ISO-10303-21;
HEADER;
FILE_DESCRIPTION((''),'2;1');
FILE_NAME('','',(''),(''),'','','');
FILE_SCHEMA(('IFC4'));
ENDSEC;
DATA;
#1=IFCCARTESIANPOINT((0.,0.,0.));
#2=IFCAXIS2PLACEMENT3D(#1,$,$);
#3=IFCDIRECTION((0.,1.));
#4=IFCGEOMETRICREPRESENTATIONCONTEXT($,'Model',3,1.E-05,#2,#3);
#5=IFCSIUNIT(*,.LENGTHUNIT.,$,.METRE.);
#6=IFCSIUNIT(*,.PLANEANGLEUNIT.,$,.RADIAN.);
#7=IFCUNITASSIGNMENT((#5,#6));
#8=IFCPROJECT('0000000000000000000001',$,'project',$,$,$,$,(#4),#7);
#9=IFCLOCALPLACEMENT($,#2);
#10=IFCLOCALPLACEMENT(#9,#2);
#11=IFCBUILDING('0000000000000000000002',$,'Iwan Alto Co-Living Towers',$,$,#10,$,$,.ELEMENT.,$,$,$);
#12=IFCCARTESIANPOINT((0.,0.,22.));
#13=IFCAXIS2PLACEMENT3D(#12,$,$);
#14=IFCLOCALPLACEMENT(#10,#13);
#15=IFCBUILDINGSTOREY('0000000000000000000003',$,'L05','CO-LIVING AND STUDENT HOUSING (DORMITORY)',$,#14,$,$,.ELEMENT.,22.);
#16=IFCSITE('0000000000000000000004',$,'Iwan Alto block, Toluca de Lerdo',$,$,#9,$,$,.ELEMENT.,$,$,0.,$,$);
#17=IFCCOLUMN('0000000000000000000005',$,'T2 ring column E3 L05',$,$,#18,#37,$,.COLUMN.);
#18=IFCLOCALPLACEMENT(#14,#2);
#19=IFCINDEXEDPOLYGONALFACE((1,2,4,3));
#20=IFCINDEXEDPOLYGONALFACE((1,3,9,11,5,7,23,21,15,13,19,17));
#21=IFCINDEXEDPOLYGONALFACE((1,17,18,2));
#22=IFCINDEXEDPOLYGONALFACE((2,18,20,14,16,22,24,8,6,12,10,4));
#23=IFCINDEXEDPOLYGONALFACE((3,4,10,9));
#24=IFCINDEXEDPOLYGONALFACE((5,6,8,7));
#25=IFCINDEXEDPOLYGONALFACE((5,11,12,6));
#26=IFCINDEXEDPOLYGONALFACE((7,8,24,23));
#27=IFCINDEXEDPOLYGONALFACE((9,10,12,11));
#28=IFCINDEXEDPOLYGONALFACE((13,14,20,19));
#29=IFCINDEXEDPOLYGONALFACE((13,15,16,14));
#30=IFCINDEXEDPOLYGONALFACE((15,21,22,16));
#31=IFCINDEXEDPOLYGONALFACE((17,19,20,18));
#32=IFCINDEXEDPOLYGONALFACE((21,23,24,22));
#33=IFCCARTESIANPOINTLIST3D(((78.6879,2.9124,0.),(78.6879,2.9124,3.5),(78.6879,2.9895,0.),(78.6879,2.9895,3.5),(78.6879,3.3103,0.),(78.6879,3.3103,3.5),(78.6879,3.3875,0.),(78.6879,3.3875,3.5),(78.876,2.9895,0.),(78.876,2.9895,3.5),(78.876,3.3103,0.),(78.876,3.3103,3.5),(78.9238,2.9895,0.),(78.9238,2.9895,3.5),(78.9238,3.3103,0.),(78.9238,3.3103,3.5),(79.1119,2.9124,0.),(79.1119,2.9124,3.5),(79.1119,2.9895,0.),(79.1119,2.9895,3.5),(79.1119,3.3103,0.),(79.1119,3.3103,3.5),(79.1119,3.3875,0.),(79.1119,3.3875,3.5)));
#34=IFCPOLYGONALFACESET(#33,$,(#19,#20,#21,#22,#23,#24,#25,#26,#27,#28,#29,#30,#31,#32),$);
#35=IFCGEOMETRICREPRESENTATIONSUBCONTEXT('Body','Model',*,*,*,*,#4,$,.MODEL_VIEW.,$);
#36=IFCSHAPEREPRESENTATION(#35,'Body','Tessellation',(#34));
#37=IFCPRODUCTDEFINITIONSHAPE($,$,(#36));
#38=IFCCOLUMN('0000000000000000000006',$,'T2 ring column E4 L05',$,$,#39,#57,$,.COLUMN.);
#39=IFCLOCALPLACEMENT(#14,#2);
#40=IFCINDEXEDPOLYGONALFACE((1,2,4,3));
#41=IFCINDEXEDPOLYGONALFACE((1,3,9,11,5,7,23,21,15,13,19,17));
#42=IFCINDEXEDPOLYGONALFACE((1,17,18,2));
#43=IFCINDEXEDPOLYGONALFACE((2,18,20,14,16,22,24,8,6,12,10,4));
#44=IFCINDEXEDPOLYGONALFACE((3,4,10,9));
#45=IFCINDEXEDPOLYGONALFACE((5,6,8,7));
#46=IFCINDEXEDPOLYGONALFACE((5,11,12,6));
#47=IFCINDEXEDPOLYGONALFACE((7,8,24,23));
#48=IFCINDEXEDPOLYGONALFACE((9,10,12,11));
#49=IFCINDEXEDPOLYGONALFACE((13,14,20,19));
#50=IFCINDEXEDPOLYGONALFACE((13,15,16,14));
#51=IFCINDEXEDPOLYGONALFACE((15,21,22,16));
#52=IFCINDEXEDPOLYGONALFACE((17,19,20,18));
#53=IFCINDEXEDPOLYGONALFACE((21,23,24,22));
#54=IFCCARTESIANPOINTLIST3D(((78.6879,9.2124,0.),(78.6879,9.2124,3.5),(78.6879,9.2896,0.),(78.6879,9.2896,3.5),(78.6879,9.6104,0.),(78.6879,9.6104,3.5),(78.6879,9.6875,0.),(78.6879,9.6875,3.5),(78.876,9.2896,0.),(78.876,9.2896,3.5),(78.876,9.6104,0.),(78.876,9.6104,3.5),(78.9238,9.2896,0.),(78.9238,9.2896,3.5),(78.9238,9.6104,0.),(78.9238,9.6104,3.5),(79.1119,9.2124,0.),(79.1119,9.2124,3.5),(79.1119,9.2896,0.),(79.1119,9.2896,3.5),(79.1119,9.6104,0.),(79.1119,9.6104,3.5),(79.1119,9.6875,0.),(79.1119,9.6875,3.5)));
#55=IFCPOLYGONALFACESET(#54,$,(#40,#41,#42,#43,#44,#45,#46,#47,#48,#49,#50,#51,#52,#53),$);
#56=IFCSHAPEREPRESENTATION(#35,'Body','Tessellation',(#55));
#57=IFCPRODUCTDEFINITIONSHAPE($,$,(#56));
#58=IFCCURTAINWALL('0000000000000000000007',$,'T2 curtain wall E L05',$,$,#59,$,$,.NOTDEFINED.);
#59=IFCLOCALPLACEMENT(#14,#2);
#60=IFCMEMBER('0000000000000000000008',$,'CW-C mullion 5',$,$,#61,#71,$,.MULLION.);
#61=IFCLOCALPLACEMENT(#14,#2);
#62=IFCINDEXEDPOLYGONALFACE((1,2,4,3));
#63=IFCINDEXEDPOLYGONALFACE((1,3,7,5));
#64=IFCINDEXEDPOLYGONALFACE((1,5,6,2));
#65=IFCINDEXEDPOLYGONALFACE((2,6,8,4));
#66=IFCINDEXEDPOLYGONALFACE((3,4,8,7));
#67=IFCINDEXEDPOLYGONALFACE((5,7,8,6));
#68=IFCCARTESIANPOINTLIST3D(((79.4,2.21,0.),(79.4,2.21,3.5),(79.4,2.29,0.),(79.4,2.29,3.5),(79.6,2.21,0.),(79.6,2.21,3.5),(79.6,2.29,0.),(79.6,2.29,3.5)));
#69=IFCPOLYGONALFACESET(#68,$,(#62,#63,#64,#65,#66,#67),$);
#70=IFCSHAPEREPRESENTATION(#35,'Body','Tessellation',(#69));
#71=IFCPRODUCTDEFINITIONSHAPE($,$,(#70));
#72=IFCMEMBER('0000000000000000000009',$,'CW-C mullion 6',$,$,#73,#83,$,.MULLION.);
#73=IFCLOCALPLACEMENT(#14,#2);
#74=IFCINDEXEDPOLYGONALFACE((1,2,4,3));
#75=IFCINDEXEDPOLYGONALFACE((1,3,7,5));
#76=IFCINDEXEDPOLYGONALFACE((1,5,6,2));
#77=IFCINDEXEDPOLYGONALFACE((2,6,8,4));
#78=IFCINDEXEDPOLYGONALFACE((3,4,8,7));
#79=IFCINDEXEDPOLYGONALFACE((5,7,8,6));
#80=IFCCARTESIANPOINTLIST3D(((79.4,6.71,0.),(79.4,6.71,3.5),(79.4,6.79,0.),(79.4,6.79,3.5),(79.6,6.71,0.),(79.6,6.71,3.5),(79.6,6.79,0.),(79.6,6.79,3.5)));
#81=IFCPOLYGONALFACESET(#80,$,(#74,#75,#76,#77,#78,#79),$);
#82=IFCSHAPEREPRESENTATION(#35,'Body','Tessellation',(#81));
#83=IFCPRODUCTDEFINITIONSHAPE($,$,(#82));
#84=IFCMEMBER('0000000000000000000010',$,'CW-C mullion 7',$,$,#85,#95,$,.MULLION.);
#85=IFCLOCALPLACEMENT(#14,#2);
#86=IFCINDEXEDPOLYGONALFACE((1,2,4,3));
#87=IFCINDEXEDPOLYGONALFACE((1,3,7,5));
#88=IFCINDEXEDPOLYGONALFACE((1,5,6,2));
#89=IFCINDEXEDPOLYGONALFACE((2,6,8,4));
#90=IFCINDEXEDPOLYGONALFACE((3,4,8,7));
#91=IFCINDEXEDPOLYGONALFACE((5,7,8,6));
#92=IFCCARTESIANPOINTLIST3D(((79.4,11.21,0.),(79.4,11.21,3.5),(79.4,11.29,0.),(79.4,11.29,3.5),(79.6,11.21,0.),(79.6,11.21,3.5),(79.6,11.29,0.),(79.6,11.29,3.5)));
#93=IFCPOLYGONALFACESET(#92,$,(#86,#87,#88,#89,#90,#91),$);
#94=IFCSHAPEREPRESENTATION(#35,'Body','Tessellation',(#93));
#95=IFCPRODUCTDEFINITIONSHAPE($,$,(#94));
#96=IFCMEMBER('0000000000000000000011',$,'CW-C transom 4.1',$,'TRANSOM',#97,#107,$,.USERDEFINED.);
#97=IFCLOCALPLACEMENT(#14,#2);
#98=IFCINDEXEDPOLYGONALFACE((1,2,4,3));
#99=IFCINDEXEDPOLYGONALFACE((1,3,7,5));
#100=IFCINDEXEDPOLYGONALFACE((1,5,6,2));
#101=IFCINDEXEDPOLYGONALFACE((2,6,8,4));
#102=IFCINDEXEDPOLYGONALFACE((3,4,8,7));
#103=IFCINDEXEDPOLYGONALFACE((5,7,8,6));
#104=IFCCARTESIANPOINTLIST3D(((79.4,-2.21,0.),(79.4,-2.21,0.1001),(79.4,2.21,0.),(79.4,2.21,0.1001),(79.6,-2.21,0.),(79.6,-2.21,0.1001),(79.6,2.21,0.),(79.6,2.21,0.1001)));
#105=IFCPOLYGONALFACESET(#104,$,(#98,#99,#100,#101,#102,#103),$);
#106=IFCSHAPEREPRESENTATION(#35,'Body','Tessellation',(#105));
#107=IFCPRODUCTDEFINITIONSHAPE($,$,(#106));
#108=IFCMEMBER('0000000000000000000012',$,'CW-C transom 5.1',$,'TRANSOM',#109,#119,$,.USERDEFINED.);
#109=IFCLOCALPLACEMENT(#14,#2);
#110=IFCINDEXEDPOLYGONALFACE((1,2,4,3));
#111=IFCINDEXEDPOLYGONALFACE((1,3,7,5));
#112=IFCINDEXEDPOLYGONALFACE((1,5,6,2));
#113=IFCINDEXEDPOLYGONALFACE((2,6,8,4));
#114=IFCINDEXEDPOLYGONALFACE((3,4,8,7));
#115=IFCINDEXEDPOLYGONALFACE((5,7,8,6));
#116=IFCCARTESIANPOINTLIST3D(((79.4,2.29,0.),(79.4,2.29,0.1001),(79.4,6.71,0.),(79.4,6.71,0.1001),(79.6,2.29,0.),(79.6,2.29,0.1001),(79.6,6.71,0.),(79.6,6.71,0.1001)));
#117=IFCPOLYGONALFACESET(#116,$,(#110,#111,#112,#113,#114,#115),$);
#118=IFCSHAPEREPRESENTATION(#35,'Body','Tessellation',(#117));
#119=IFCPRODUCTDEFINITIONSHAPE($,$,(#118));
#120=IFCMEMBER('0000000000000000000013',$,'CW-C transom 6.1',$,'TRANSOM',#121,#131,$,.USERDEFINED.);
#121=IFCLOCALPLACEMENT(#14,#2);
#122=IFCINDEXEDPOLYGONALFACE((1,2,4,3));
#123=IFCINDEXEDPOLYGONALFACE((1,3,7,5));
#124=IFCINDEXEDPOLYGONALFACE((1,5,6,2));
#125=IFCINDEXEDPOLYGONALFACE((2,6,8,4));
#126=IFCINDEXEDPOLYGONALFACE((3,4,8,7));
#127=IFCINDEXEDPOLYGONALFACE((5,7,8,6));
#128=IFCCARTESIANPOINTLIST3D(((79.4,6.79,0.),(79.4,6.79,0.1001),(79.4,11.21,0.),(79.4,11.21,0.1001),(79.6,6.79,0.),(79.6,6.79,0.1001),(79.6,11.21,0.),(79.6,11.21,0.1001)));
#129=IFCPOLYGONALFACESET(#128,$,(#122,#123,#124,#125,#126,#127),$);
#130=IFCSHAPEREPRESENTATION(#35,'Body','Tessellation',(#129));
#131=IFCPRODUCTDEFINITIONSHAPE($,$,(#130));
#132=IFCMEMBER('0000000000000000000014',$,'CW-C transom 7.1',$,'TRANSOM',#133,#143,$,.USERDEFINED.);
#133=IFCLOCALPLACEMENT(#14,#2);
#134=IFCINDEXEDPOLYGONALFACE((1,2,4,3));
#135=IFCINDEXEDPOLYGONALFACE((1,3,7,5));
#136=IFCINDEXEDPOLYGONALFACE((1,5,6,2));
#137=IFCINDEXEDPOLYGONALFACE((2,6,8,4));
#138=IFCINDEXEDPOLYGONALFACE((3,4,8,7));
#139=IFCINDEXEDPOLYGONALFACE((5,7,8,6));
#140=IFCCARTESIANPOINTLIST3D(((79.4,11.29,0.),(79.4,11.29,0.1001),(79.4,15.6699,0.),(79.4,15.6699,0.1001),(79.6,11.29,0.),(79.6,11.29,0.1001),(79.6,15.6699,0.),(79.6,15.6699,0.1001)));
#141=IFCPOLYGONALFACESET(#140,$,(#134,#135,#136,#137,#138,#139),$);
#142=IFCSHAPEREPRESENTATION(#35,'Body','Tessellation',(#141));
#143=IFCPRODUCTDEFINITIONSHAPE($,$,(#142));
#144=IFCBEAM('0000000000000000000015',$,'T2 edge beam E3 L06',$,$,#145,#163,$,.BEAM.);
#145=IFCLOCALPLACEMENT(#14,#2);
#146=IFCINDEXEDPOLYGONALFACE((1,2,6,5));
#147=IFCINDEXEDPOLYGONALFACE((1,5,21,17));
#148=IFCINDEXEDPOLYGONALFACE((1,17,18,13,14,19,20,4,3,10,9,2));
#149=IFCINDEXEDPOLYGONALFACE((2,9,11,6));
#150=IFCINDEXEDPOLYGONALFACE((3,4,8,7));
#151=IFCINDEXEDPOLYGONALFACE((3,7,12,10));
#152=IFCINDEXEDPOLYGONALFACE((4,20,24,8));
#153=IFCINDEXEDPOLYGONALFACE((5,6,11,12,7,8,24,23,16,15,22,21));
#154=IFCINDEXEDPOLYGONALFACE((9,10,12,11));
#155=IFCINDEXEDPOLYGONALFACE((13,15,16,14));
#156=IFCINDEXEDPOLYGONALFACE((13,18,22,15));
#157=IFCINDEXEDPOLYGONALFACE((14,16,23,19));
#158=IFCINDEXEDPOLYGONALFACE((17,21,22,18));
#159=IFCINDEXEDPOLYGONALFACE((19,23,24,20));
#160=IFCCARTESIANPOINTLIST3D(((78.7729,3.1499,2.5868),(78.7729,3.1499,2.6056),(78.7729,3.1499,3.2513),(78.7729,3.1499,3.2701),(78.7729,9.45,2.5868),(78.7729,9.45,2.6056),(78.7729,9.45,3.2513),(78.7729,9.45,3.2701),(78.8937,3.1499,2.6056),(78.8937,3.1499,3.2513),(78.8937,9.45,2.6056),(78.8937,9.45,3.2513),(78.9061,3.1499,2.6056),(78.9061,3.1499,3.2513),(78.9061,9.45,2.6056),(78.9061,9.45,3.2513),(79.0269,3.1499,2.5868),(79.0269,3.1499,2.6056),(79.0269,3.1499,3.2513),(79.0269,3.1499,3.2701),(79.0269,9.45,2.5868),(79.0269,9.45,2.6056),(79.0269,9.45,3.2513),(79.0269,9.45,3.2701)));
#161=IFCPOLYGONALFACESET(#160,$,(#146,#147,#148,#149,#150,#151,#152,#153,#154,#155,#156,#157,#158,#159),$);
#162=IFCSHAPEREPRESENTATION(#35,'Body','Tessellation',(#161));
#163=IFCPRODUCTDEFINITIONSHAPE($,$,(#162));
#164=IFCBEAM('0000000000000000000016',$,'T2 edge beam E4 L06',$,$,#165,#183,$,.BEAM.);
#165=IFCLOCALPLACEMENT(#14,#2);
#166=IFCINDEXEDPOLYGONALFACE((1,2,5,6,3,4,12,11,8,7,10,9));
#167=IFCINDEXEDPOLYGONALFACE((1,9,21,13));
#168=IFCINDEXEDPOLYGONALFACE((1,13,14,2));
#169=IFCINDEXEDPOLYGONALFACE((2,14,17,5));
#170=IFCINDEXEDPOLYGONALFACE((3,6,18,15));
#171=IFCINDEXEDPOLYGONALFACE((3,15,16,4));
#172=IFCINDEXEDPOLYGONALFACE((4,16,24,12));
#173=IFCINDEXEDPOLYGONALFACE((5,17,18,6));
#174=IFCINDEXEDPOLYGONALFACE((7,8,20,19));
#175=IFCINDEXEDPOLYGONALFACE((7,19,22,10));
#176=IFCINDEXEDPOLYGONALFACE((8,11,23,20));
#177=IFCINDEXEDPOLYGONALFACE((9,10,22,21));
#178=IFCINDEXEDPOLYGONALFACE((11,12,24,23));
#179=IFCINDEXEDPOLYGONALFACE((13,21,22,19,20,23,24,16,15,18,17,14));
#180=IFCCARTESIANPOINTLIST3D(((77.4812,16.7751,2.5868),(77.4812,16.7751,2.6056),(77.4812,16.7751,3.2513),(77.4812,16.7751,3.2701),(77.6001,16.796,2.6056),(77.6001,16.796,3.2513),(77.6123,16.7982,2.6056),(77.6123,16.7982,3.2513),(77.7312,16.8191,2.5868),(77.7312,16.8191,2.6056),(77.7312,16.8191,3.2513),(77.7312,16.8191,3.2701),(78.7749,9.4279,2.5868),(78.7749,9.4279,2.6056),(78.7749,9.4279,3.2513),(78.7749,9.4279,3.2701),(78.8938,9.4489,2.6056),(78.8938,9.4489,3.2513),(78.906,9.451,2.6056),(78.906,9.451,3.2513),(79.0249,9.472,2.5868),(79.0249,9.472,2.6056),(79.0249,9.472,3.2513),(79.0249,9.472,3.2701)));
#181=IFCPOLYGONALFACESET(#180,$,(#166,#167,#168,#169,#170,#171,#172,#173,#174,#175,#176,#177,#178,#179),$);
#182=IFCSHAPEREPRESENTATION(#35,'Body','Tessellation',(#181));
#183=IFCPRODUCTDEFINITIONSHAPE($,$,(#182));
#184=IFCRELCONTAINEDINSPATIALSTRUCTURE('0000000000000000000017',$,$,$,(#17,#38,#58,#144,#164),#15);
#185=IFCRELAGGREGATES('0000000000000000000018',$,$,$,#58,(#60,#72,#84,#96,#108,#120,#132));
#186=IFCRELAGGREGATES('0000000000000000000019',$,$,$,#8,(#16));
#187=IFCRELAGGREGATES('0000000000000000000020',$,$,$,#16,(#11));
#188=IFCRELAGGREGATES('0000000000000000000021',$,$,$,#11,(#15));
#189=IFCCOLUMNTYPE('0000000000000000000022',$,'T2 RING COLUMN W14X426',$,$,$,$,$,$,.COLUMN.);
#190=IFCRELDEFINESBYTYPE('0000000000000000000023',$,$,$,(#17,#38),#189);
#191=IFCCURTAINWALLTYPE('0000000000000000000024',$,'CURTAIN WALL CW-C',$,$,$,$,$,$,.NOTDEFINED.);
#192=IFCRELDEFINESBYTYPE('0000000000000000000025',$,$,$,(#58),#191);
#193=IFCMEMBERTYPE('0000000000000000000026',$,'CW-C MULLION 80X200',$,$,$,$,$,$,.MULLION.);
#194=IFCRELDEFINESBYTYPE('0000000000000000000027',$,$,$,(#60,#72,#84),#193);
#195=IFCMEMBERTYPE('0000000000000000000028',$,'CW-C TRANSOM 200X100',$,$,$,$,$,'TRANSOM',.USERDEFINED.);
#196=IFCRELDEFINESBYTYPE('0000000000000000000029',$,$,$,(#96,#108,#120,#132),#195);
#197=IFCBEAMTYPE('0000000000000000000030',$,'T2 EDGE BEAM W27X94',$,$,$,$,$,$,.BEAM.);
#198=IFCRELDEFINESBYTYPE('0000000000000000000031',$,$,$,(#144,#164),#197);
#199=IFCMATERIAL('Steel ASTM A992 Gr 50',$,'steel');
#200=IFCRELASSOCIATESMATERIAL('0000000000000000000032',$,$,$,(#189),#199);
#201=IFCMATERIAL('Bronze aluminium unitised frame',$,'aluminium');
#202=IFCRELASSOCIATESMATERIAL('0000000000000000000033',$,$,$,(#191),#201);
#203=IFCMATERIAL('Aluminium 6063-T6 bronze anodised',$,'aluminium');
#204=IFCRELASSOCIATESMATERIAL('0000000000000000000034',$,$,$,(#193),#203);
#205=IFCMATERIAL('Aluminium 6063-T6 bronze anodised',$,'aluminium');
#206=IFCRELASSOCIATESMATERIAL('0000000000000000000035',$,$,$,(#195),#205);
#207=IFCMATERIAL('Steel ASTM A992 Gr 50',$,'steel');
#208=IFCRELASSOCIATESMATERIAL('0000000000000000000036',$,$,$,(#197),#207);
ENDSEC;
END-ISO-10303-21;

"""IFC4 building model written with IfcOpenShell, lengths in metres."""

from ifc_helpers import new_model, si_unit, direction, frame, origin, origin_2d, place, context, subcontext, project, spatial, rectangle, i_section, extrude, material, material_profile, profile_set, type_object, element, aggregate, save


model = new_model("IFC4")

# Units and contexts
model_context = context("Model", 3, precision=1e-05, world=origin(), true_north=direction((0.0, 1.0)))
body_context = subcontext(model_context, "Body", "Model", "MODEL_VIEW")
ifc_project = project(units=[si_unit("LENGTHUNIT", "METRE"), si_unit("PLANEANGLEUNIT", "RADIAN")], contexts=[model_context])

# Site, building, storey
site_placement = place(None, origin())
site = spatial("IfcSite", under=ifc_project, at=site_placement, Name="Iwan Alto block, Toluca de Lerdo", CompositionType="ELEMENT", RefElevation=0.0)
building_placement = place(site_placement, origin())
building = spatial("IfcBuilding", under=site, at=building_placement, Name="Iwan Alto Co-Living Towers", CompositionType="ELEMENT")
storey_placement = place(building_placement, frame((0.0, 0.0, 22.0)))
storey = spatial("IfcBuildingStorey", under=building, at=storey_placement, Name="L05", Description="CO-LIVING AND STUDENT HOUSING (DORMITORY)", CompositionType="ELEMENT", Elevation=22.0)

# Columns
ifc_material_1 = material(Name="Steel ASTM A992 Gr 50", Category="steel")
ifc_material_profile_1 = material_profile(ifc_material_1, i_section(OverallWidth=0.4241, OverallDepth=0.4751, WebThickness=0.0479, FlangeThickness=0.0771, at=origin_2d()), Name="W14X426")
ifc_profile_set_1 = profile_set([ifc_material_profile_1], Name="Steel ASTM A992 Gr 50")
column_type = type_object("IfcColumnType", Name="T2 RING COLUMN W14X426", PredefinedType="COLUMN", material=ifc_profile_set_1)
for number, where, z_axis, x_axis, name in (
    (1, (78.8999, 3.1499, 0.0), (0.0, 0.0, 1.0), (1.0, 0.0, 0.0), "T2 ring column E3 L05"),
    (2, (78.8999, 9.45, 0.0), (0.0, 0.0, 1.0), (1.0, 0.0, 0.0), "T2 ring column E4 L05"),
):
    element("IfcColumn", number, at=place(storey_placement, frame(where, z_axis=z_axis, x_axis=x_axis)), inside=storey, type_object=column_type, Name=name, PredefinedType="COLUMN", context=body_context, shape_type="SweptSolid", body=[
        extrude(i_section(OverallWidth=0.4241, OverallDepth=0.4751, WebThickness=0.0479, FlangeThickness=0.0771, at=origin_2d()), origin(), (0.0, 0.0, 1.0), 3.5),
    ])

# Curtain wall, members
ifc_material_2 = material(Name="Bronze aluminium unitised frame", Category="aluminium")
curtain_wall_type = type_object("IfcCurtainWallType", Name="CURTAIN WALL CW-C", PredefinedType="NOTDEFINED", material=ifc_material_2)
curtain_wall_placement = place(storey_placement, origin())
curtain_wall = element("IfcCurtainWall", 3, at=curtain_wall_placement, inside=storey, type_object=curtain_wall_type, Name="T2 curtain wall E L05", PredefinedType="NOTDEFINED")
ifc_material_3 = material(Name="Aluminium 6063-T6 bronze anodised", Category="aluminium")
ifc_material_profile_2 = material_profile(ifc_material_3, rectangle(XDim=0.2, YDim=0.0801, at=origin_2d()), Name="AL 80X200")
ifc_profile_set_2 = profile_set([ifc_material_profile_2], Name="Aluminium 6063-T6 bronze anodised")
member_type_1 = type_object("IfcMemberType", Name="CW-C MULLION 80X200", PredefinedType="MULLION", material=ifc_profile_set_2)
member_1_placement = place(storey_placement, frame((79.5, 2.25, 0.0), z_axis=(0.0, 0.0, 1.0), x_axis=(-1.0, 0.0, 0.0)))
member_1 = element("IfcMember", 4, at=member_1_placement, type_object=member_type_1, Name="CW-C mullion 5", PredefinedType="MULLION", context=body_context, shape_type="SweptSolid", body=[
    extrude(rectangle(XDim=0.2, YDim=0.0801, at=origin_2d()), origin(), (0.0, 0.0, 1.0), 3.5),
])
member_2_placement = place(storey_placement, frame((79.5, 6.75, 0.0), z_axis=(0.0, 0.0, 1.0), x_axis=(-1.0, 0.0, 0.0)))
member_2 = element("IfcMember", 5, at=member_2_placement, type_object=member_type_1, Name="CW-C mullion 6", PredefinedType="MULLION", context=body_context, shape_type="SweptSolid", body=[
    extrude(rectangle(XDim=0.2, YDim=0.0801, at=origin_2d()), origin(), (0.0, 0.0, 1.0), 3.5),
])
member_3_placement = place(storey_placement, frame((79.5, 11.25, 0.0), z_axis=(0.0, 0.0, 1.0), x_axis=(-1.0, 0.0, 0.0)))
member_3 = element("IfcMember", 6, at=member_3_placement, type_object=member_type_1, Name="CW-C mullion 7", PredefinedType="MULLION", context=body_context, shape_type="SweptSolid", body=[
    extrude(rectangle(XDim=0.2, YDim=0.0801, at=origin_2d()), origin(), (0.0, 0.0, 1.0), 3.5),
])
ifc_material_4 = material(Name="Aluminium 6063-T6 bronze anodised", Category="aluminium")
ifc_material_profile_3 = material_profile(ifc_material_4, rectangle(XDim=0.2, YDim=0.1001, at=origin_2d()), Name="AL 200X100")
ifc_profile_set_3 = profile_set([ifc_material_profile_3], Name="Aluminium 6063-T6 bronze anodised")
member_type_2 = type_object("IfcMemberType", Name="CW-C TRANSOM 200X100", ElementType="TRANSOM", PredefinedType="USERDEFINED", material=ifc_profile_set_3)
member_4_placement = place(storey_placement, frame((79.5, -2.21, 0.05), z_axis=(0.0, 1.0, 0.0), x_axis=(-1.0, 0.0, 0.0)))
member_4 = element("IfcMember", 7, at=member_4_placement, type_object=member_type_2, Name="CW-C transom 4.1", ObjectType="TRANSOM", PredefinedType="USERDEFINED", context=body_context, shape_type="SweptSolid", body=[
    extrude(rectangle(XDim=0.2, YDim=0.1001, at=origin_2d()), origin(), (0.0, 0.0, 1.0), 4.4199),
])
member_5_placement = place(storey_placement, frame((79.5, 2.29, 0.05), z_axis=(0.0, 1.0, 0.0), x_axis=(-1.0, 0.0, 0.0)))
member_5 = element("IfcMember", 8, at=member_5_placement, type_object=member_type_2, Name="CW-C transom 5.1", ObjectType="TRANSOM", PredefinedType="USERDEFINED", context=body_context, shape_type="SweptSolid", body=[
    extrude(rectangle(XDim=0.2, YDim=0.1001, at=origin_2d()), origin(), (0.0, 0.0, 1.0), 4.4199),
])
member_6_placement = place(storey_placement, frame((79.5, 6.79, 0.05), z_axis=(0.0, 1.0, 0.0), x_axis=(-1.0, 0.0, 0.0)))
member_6 = element("IfcMember", 9, at=member_6_placement, type_object=member_type_2, Name="CW-C transom 6.1", ObjectType="TRANSOM", PredefinedType="USERDEFINED", context=body_context, shape_type="SweptSolid", body=[
    extrude(rectangle(XDim=0.2, YDim=0.1001, at=origin_2d()), origin(), (0.0, 0.0, 1.0), 4.4199),
])
member_7_placement = place(storey_placement, frame((79.5, 11.29, 0.05), z_axis=(0.0, 1.0, 0.0), x_axis=(-1.0, 0.0, 0.0)))
member_7 = element("IfcMember", 10, at=member_7_placement, type_object=member_type_2, Name="CW-C transom 7.1", ObjectType="TRANSOM", PredefinedType="USERDEFINED", context=body_context, shape_type="SweptSolid", body=[
    extrude(rectangle(XDim=0.2, YDim=0.1001, at=origin_2d()), origin(), (0.0, 0.0, 1.0), 4.3799),
])

# Beams
ifc_material_5 = material(Name="Steel ASTM A992 Gr 50", Category="steel")
ifc_material_profile_4 = material_profile(ifc_material_5, i_section(OverallWidth=0.2539, OverallDepth=0.6833, WebThickness=0.0125, FlangeThickness=0.0188, at=origin_2d()), Name="W27X94")
ifc_profile_set_4 = profile_set([ifc_material_profile_4], Name="Steel ASTM A992 Gr 50")
beam_type_1 = type_object("IfcBeamType", Name="T2 EDGE BEAM W27X94", PredefinedType="BEAM", material=ifc_profile_set_4)
beam_1_placement = place(storey_placement, frame((78.8999, 3.1499, 2.9285), z_axis=(0.0, 1.0, 0.0), x_axis=(-1.0, 0.0, 0.0)))
element("IfcBeam", 11, at=beam_1_placement, inside=storey, type_object=beam_type_1, Name="T2 edge beam E3 L06", PredefinedType="BEAM", context=body_context, shape_type="SweptSolid", body=[
    extrude(i_section(OverallWidth=0.2539, OverallDepth=0.6833, WebThickness=0.0125, FlangeThickness=0.0188, at=origin_2d()), origin(), (0.0, 0.0, 1.0), 6.3),
])
beam_2_placement = place(storey_placement, frame((78.8999, 9.45, 2.9285), z_axis=(-0.173414, 0.984849, 0.0), x_axis=(-0.984849, -0.173414, 0.0)))
element("IfcBeam", 12, at=beam_2_placement, inside=storey, type_object=beam_type_1, Name="T2 edge beam E4 L06", PredefinedType="BEAM", context=body_context, shape_type="SweptSolid", body=[
    extrude(i_section(OverallWidth=0.2539, OverallDepth=0.6833, WebThickness=0.0125, FlangeThickness=0.0188, at=origin_2d()), origin(), (0.0, 0.0, 1.0), 7.4602),
])

aggregate(curtain_wall, [member_1, member_2, member_3, member_4, member_5, member_6, member_7])

save(model, "model.ifc")
